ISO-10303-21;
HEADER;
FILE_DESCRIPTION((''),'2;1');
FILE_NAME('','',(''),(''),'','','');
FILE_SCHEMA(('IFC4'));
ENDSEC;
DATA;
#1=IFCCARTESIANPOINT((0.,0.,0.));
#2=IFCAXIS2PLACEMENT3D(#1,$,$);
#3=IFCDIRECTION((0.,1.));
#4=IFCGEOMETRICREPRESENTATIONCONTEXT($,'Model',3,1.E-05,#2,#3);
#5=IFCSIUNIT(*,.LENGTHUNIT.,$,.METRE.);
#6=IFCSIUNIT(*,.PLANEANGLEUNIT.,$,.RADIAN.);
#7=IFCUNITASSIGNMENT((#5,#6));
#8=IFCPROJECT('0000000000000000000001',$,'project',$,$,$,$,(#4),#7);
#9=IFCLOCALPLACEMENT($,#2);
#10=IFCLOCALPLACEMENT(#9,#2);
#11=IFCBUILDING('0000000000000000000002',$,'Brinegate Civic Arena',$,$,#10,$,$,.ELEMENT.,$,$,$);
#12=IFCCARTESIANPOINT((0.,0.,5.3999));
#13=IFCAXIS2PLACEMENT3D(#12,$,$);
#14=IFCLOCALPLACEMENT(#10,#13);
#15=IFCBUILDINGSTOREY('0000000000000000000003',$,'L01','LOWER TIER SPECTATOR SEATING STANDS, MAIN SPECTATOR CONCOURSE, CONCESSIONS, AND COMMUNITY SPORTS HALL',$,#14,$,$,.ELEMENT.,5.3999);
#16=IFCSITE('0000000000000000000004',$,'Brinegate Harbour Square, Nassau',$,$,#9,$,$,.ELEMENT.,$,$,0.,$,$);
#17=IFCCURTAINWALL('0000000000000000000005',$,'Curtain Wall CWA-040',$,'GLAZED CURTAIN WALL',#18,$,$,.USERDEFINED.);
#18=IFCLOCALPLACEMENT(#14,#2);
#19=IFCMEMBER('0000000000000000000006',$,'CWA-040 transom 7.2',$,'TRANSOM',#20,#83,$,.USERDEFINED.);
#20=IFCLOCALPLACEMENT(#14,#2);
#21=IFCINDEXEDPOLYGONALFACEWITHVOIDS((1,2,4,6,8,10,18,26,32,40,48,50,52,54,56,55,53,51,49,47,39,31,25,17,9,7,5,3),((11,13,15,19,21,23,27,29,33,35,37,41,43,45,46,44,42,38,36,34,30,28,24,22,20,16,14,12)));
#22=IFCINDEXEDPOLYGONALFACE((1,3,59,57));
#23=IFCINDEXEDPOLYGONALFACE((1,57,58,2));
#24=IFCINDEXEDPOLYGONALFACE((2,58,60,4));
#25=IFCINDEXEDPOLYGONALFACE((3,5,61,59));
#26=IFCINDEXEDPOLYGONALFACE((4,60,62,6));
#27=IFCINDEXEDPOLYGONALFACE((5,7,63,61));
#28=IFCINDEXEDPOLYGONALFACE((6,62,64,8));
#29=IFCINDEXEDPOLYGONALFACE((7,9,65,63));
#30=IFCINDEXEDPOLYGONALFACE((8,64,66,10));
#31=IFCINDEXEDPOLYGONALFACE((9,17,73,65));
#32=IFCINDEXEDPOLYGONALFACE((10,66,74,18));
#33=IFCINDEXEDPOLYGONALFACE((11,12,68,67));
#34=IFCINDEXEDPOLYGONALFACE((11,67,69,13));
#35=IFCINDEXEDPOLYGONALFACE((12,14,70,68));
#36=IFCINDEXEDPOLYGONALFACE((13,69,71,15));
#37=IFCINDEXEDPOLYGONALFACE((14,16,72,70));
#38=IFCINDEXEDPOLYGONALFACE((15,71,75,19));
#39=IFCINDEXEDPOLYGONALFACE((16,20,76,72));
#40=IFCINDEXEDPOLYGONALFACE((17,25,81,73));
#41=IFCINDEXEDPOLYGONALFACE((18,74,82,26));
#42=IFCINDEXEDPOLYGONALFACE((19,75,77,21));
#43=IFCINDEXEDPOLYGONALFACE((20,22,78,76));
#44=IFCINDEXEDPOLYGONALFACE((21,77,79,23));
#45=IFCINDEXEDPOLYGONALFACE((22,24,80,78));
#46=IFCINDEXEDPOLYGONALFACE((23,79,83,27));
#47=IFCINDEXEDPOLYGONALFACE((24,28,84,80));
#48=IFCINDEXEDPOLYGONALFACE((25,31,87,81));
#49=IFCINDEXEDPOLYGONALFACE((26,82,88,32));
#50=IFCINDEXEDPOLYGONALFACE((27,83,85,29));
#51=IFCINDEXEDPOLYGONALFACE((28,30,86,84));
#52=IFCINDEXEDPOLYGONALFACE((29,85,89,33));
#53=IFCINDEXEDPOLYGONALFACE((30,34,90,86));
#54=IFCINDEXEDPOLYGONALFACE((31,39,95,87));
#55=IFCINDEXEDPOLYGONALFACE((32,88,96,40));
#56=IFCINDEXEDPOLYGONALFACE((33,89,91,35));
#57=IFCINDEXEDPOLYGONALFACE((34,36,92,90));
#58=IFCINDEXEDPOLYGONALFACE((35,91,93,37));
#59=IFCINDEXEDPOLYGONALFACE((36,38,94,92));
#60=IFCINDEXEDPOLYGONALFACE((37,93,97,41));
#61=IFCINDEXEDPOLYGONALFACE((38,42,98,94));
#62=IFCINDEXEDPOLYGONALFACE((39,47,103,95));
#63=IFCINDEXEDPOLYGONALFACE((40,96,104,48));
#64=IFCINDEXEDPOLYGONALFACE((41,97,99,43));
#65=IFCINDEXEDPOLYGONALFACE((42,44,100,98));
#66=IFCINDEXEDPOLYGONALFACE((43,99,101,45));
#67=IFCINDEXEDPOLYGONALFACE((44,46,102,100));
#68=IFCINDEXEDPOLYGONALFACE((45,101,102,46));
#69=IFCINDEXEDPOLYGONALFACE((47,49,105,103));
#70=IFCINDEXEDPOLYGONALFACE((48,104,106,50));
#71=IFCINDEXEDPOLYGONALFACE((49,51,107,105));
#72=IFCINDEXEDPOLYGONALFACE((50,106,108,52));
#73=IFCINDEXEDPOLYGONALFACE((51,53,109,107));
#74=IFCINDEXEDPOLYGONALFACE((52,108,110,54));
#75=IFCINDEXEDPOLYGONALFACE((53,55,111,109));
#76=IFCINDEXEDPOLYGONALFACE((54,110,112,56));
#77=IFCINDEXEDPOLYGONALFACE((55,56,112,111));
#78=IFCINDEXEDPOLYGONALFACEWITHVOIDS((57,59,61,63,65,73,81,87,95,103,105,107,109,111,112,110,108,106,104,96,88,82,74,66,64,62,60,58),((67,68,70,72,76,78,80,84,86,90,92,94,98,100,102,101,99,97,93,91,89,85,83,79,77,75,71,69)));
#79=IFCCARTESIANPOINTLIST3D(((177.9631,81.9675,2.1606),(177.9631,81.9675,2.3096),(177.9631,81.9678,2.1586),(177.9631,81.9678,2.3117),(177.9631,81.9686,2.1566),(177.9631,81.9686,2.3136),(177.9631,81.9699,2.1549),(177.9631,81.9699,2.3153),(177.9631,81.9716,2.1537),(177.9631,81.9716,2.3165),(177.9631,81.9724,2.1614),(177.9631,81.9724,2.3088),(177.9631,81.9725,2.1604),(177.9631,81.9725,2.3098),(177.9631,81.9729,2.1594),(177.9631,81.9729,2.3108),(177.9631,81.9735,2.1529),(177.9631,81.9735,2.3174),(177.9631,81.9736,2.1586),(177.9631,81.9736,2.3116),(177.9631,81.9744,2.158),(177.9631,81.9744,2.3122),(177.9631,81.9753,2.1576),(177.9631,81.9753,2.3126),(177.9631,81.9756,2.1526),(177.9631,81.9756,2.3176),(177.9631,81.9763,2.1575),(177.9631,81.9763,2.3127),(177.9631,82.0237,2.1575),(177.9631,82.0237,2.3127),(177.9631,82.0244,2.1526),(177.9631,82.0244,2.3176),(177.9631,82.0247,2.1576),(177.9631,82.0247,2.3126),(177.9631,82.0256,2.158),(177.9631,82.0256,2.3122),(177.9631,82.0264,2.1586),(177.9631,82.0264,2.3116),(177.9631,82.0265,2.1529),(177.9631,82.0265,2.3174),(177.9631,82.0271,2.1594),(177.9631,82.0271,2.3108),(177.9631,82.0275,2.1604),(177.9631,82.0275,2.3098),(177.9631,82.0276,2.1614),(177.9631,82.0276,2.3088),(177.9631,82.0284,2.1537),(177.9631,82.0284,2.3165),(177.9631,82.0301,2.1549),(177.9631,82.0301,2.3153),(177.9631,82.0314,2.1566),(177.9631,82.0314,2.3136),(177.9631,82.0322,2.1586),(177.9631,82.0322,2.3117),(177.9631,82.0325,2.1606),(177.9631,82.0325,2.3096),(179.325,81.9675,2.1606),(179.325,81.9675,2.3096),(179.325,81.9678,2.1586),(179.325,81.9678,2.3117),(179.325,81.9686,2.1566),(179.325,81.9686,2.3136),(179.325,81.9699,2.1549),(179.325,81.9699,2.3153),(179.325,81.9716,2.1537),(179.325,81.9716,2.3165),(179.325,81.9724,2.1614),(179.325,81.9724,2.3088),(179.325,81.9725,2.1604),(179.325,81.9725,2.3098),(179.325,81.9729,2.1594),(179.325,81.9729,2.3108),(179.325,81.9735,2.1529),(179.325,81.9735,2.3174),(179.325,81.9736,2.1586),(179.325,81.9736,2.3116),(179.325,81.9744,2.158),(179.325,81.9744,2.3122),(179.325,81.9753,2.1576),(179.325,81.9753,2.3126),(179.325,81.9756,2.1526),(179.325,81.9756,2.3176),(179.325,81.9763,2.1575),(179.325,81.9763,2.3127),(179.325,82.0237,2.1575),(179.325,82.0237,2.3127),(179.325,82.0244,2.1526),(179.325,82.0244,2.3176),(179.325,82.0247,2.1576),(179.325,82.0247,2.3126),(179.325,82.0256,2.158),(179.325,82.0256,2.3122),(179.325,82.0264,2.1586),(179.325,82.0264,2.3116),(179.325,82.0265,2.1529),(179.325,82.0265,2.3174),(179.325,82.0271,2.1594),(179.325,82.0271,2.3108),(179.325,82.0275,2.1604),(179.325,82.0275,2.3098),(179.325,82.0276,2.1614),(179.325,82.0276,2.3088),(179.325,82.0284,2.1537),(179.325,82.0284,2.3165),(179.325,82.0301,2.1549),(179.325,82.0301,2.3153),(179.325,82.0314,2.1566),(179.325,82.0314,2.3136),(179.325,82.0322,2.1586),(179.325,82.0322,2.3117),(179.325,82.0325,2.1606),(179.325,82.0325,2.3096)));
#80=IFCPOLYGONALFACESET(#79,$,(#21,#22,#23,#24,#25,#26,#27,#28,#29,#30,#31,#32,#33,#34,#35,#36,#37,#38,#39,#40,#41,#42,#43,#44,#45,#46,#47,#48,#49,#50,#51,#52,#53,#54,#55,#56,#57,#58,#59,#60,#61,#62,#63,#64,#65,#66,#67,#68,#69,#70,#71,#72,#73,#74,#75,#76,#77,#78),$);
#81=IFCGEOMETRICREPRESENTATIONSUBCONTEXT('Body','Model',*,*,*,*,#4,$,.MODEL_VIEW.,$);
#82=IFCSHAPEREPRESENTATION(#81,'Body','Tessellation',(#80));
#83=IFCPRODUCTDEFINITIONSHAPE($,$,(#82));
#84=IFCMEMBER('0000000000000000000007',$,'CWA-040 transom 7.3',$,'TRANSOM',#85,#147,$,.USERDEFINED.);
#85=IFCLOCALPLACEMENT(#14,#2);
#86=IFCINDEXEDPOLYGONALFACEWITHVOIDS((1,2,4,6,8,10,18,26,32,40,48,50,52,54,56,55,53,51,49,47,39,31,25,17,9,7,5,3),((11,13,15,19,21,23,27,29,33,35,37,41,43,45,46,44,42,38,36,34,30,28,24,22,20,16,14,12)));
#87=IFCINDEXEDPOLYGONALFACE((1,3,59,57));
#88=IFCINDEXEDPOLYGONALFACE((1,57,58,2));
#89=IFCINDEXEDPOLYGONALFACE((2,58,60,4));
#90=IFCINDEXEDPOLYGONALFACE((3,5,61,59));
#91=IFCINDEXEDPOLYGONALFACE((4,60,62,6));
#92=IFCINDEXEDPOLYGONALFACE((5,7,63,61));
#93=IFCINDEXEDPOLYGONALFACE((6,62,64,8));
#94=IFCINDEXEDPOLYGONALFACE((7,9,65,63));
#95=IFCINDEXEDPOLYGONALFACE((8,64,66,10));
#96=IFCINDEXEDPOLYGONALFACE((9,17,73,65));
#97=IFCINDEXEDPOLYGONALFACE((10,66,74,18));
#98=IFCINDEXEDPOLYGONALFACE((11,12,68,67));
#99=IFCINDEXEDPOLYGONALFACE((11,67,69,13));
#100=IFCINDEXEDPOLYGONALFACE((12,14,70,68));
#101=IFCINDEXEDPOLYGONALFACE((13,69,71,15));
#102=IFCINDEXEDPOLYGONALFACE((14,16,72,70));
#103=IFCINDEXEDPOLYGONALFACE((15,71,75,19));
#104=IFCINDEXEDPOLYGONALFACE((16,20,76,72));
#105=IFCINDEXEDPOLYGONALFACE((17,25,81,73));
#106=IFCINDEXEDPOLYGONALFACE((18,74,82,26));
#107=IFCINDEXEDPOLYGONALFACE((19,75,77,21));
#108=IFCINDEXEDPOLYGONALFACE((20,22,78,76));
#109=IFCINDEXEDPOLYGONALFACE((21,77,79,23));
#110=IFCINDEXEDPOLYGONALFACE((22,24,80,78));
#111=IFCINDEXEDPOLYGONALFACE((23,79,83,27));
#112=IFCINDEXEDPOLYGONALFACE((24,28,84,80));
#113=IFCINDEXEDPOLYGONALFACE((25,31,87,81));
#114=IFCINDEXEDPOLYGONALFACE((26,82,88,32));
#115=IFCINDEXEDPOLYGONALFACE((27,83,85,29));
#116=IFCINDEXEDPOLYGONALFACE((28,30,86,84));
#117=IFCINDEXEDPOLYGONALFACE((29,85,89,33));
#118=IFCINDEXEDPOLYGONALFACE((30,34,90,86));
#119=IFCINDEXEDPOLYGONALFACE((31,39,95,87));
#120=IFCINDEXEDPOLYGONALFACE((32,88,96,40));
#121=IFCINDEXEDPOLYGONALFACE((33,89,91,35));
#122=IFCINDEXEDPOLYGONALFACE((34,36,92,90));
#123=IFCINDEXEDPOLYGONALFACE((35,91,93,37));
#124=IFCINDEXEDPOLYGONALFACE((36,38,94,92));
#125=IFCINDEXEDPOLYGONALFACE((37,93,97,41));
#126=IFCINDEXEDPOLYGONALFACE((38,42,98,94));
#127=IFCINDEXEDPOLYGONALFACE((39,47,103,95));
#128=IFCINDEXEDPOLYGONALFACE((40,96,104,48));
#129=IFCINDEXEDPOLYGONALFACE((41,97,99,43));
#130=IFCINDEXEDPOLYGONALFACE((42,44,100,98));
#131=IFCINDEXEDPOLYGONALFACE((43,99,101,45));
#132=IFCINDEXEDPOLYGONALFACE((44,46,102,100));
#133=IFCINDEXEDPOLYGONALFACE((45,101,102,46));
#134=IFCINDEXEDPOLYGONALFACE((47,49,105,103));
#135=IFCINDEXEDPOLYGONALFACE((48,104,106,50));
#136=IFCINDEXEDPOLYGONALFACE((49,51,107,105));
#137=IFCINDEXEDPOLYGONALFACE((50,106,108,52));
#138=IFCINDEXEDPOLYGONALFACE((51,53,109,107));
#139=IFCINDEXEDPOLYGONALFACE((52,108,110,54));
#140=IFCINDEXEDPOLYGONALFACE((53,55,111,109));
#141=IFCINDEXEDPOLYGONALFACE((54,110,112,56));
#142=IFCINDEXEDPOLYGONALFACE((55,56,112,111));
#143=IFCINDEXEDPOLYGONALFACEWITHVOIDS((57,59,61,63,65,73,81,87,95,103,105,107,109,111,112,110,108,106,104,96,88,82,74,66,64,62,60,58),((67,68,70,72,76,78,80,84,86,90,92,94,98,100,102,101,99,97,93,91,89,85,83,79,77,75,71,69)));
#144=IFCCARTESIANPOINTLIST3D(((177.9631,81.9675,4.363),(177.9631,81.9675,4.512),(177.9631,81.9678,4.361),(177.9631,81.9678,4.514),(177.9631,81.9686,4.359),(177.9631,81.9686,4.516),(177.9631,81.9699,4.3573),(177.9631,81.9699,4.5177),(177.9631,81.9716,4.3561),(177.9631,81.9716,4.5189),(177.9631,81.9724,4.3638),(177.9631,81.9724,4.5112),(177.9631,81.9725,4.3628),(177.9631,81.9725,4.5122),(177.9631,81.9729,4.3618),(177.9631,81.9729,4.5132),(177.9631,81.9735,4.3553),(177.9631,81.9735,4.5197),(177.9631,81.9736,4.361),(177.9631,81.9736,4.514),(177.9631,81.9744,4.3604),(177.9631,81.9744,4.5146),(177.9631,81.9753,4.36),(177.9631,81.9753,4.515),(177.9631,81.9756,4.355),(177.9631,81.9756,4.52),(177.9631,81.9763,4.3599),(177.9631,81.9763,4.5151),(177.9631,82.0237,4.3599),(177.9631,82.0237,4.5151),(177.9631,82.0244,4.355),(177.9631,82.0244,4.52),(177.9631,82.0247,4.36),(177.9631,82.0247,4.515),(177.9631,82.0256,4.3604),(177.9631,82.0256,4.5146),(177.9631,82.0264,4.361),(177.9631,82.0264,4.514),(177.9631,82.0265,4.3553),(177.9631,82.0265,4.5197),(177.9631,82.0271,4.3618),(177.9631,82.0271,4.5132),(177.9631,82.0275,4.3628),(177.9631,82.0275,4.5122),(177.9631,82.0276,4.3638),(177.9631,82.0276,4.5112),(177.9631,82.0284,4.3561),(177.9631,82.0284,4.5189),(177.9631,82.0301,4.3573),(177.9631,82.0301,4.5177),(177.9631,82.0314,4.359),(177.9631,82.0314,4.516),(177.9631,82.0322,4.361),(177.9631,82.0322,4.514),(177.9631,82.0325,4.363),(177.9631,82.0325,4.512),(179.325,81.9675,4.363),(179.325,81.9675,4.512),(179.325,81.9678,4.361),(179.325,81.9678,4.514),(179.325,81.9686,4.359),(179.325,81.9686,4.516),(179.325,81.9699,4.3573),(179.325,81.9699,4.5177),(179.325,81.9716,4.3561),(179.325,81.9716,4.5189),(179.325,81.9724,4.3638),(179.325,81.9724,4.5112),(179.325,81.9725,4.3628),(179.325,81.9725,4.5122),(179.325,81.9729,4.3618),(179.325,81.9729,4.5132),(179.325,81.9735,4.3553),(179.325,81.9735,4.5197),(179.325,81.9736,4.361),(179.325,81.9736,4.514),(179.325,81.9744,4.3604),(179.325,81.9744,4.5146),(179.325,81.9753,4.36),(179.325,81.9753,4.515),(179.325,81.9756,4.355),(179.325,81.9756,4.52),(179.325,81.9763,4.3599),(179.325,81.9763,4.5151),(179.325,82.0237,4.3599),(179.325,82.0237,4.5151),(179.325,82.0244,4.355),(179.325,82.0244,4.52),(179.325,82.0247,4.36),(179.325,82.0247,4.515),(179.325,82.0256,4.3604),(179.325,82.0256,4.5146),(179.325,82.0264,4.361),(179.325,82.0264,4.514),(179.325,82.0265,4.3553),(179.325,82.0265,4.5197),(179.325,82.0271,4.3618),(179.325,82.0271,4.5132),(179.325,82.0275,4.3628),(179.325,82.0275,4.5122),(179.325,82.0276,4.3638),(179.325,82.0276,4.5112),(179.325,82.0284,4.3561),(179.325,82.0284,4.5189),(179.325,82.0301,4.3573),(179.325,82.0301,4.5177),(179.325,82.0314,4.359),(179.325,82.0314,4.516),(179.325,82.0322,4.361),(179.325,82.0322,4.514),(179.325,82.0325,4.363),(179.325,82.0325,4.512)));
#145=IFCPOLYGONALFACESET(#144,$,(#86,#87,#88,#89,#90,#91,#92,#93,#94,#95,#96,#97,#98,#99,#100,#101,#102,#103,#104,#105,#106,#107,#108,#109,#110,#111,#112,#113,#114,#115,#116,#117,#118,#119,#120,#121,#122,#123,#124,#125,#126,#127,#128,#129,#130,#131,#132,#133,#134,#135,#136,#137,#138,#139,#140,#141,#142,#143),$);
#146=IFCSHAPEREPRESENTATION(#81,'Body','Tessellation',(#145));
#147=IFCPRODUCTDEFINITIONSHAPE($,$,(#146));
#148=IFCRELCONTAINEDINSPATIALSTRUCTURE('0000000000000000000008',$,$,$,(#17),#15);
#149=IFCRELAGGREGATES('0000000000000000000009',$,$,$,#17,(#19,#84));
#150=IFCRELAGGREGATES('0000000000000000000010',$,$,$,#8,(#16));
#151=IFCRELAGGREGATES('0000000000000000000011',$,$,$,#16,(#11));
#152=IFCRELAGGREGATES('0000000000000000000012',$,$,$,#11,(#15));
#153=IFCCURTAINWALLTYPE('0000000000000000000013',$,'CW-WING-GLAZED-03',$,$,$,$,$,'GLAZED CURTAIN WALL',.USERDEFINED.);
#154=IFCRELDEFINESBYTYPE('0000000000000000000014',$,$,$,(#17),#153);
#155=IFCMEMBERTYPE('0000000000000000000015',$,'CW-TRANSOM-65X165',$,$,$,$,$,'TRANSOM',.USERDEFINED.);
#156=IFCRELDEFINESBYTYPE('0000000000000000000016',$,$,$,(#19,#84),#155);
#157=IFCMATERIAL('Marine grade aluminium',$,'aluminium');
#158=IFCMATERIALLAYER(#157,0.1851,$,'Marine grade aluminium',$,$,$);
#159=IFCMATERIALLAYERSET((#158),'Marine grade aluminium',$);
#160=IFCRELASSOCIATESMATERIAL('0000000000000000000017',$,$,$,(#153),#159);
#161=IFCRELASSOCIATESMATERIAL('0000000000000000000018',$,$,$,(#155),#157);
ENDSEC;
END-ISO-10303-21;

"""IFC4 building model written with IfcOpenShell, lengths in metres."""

from ifc_helpers import new_model, si_unit, direction, frame, origin, origin_2d, place, context, subcontext, project, spatial, hollow_rectangle, extrude, material, layer, layer_set, material_profile, profile_set, type_object, element, aggregate, save


model = new_model("IFC4")

# Units and contexts
model_context = context("Model", 3, precision=1e-05, world=origin(), true_north=direction((0.0, 1.0)))
body_context = subcontext(model_context, "Body", "Model", "MODEL_VIEW")
ifc_project = project(units=[si_unit("LENGTHUNIT", "METRE"), si_unit("PLANEANGLEUNIT", "RADIAN")], contexts=[model_context])

# Site, building, storey
site_placement = place(None, origin())
site = spatial("IfcSite", under=ifc_project, at=site_placement, Name="Brinegate Harbour Square, Nassau", CompositionType="ELEMENT", RefElevation=0.0)
building_placement = place(site_placement, origin())
building = spatial("IfcBuilding", under=site, at=building_placement, Name="Brinegate Civic Arena", CompositionType="ELEMENT")
storey_placement = place(building_placement, frame((0.0, 0.0, 5.3999)))
storey = spatial("IfcBuildingStorey", under=building, at=storey_placement, Name="L01", Description="LOWER TIER SPECTATOR SEATING STANDS, MAIN SPECTATOR CONCOURSE, CONCESSIONS, AND COMMUNITY SPORTS HALL", CompositionType="ELEMENT", Elevation=5.3999)

# Curtain wall
ifc_material_1 = material(Name="Marine grade aluminium", Category="aluminium")
ifc_layer_1 = layer(ifc_material_1, 0.1851, Name="Marine grade aluminium")
ifc_layer_set_1 = layer_set([ifc_layer_1], Name="Marine grade aluminium")
curtain_wall_type_1 = type_object("IfcCurtainWallType", Name="CW-WING-GLAZED-03", ElementType="GLAZED CURTAIN WALL", PredefinedType="USERDEFINED", material=ifc_layer_set_1)
curtain_wall_1_placement = place(storey_placement, origin())
curtain_wall_1 = element("IfcCurtainWall", 1, at=curtain_wall_1_placement, inside=storey, type_object=curtain_wall_type_1, Name="Curtain Wall CWA-040", ObjectType="GLAZED CURTAIN WALL", PredefinedType="USERDEFINED")

# Members
ifc_material_profile_1 = material_profile(ifc_material_1, hollow_rectangle(XDim=0.0649, YDim=0.165, WallThickness=0.0049, InnerFilletRadius=0.0039, OuterFilletRadius=0.0081, at=origin_2d()), Name="TRN65X165")
ifc_profile_set_1 = profile_set([ifc_material_profile_1], Name="Marine grade aluminium")
member_type_1 = type_object("IfcMemberType", Name="CW-TRANSOM-65X165", ElementType="TRANSOM", PredefinedType="USERDEFINED", material=ifc_profile_set_1)
member_1_placement = place(storey_placement, frame((177.9631, 82.0, 2.2351), z_axis=(1.0, 0.0, 0.0), x_axis=(0.0, 1.0, 0.0)))
member_1 = element("IfcMember", 2, at=member_1_placement, type_object=member_type_1, Name="CWA-040 transom 7.2", ObjectType="TRANSOM", PredefinedType="USERDEFINED", context=body_context, shape_type="SweptSolid", body=[
    extrude(hollow_rectangle(XDim=0.0649, YDim=0.165, WallThickness=0.0049, InnerFilletRadius=0.0039, OuterFilletRadius=0.0081, at=origin_2d()), origin(), (0.0, 0.0, 1.0), 1.3618),
])
member_2_placement = place(storey_placement, frame((177.9631, 82.0, 4.4375), z_axis=(1.0, 0.0, 0.0), x_axis=(0.0, 1.0, 0.0)))
member_2 = element("IfcMember", 3, at=member_2_placement, type_object=member_type_1, Name="CWA-040 transom 7.3", ObjectType="TRANSOM", PredefinedType="USERDEFINED", context=body_context, shape_type="SweptSolid", body=[
    extrude(hollow_rectangle(XDim=0.0649, YDim=0.165, WallThickness=0.0049, InnerFilletRadius=0.0039, OuterFilletRadius=0.0081, at=origin_2d()), origin(), (0.0, 0.0, 1.0), 1.3618),
])

aggregate(curtain_wall_1, [member_1, member_2])

save(model, "model.ifc")
